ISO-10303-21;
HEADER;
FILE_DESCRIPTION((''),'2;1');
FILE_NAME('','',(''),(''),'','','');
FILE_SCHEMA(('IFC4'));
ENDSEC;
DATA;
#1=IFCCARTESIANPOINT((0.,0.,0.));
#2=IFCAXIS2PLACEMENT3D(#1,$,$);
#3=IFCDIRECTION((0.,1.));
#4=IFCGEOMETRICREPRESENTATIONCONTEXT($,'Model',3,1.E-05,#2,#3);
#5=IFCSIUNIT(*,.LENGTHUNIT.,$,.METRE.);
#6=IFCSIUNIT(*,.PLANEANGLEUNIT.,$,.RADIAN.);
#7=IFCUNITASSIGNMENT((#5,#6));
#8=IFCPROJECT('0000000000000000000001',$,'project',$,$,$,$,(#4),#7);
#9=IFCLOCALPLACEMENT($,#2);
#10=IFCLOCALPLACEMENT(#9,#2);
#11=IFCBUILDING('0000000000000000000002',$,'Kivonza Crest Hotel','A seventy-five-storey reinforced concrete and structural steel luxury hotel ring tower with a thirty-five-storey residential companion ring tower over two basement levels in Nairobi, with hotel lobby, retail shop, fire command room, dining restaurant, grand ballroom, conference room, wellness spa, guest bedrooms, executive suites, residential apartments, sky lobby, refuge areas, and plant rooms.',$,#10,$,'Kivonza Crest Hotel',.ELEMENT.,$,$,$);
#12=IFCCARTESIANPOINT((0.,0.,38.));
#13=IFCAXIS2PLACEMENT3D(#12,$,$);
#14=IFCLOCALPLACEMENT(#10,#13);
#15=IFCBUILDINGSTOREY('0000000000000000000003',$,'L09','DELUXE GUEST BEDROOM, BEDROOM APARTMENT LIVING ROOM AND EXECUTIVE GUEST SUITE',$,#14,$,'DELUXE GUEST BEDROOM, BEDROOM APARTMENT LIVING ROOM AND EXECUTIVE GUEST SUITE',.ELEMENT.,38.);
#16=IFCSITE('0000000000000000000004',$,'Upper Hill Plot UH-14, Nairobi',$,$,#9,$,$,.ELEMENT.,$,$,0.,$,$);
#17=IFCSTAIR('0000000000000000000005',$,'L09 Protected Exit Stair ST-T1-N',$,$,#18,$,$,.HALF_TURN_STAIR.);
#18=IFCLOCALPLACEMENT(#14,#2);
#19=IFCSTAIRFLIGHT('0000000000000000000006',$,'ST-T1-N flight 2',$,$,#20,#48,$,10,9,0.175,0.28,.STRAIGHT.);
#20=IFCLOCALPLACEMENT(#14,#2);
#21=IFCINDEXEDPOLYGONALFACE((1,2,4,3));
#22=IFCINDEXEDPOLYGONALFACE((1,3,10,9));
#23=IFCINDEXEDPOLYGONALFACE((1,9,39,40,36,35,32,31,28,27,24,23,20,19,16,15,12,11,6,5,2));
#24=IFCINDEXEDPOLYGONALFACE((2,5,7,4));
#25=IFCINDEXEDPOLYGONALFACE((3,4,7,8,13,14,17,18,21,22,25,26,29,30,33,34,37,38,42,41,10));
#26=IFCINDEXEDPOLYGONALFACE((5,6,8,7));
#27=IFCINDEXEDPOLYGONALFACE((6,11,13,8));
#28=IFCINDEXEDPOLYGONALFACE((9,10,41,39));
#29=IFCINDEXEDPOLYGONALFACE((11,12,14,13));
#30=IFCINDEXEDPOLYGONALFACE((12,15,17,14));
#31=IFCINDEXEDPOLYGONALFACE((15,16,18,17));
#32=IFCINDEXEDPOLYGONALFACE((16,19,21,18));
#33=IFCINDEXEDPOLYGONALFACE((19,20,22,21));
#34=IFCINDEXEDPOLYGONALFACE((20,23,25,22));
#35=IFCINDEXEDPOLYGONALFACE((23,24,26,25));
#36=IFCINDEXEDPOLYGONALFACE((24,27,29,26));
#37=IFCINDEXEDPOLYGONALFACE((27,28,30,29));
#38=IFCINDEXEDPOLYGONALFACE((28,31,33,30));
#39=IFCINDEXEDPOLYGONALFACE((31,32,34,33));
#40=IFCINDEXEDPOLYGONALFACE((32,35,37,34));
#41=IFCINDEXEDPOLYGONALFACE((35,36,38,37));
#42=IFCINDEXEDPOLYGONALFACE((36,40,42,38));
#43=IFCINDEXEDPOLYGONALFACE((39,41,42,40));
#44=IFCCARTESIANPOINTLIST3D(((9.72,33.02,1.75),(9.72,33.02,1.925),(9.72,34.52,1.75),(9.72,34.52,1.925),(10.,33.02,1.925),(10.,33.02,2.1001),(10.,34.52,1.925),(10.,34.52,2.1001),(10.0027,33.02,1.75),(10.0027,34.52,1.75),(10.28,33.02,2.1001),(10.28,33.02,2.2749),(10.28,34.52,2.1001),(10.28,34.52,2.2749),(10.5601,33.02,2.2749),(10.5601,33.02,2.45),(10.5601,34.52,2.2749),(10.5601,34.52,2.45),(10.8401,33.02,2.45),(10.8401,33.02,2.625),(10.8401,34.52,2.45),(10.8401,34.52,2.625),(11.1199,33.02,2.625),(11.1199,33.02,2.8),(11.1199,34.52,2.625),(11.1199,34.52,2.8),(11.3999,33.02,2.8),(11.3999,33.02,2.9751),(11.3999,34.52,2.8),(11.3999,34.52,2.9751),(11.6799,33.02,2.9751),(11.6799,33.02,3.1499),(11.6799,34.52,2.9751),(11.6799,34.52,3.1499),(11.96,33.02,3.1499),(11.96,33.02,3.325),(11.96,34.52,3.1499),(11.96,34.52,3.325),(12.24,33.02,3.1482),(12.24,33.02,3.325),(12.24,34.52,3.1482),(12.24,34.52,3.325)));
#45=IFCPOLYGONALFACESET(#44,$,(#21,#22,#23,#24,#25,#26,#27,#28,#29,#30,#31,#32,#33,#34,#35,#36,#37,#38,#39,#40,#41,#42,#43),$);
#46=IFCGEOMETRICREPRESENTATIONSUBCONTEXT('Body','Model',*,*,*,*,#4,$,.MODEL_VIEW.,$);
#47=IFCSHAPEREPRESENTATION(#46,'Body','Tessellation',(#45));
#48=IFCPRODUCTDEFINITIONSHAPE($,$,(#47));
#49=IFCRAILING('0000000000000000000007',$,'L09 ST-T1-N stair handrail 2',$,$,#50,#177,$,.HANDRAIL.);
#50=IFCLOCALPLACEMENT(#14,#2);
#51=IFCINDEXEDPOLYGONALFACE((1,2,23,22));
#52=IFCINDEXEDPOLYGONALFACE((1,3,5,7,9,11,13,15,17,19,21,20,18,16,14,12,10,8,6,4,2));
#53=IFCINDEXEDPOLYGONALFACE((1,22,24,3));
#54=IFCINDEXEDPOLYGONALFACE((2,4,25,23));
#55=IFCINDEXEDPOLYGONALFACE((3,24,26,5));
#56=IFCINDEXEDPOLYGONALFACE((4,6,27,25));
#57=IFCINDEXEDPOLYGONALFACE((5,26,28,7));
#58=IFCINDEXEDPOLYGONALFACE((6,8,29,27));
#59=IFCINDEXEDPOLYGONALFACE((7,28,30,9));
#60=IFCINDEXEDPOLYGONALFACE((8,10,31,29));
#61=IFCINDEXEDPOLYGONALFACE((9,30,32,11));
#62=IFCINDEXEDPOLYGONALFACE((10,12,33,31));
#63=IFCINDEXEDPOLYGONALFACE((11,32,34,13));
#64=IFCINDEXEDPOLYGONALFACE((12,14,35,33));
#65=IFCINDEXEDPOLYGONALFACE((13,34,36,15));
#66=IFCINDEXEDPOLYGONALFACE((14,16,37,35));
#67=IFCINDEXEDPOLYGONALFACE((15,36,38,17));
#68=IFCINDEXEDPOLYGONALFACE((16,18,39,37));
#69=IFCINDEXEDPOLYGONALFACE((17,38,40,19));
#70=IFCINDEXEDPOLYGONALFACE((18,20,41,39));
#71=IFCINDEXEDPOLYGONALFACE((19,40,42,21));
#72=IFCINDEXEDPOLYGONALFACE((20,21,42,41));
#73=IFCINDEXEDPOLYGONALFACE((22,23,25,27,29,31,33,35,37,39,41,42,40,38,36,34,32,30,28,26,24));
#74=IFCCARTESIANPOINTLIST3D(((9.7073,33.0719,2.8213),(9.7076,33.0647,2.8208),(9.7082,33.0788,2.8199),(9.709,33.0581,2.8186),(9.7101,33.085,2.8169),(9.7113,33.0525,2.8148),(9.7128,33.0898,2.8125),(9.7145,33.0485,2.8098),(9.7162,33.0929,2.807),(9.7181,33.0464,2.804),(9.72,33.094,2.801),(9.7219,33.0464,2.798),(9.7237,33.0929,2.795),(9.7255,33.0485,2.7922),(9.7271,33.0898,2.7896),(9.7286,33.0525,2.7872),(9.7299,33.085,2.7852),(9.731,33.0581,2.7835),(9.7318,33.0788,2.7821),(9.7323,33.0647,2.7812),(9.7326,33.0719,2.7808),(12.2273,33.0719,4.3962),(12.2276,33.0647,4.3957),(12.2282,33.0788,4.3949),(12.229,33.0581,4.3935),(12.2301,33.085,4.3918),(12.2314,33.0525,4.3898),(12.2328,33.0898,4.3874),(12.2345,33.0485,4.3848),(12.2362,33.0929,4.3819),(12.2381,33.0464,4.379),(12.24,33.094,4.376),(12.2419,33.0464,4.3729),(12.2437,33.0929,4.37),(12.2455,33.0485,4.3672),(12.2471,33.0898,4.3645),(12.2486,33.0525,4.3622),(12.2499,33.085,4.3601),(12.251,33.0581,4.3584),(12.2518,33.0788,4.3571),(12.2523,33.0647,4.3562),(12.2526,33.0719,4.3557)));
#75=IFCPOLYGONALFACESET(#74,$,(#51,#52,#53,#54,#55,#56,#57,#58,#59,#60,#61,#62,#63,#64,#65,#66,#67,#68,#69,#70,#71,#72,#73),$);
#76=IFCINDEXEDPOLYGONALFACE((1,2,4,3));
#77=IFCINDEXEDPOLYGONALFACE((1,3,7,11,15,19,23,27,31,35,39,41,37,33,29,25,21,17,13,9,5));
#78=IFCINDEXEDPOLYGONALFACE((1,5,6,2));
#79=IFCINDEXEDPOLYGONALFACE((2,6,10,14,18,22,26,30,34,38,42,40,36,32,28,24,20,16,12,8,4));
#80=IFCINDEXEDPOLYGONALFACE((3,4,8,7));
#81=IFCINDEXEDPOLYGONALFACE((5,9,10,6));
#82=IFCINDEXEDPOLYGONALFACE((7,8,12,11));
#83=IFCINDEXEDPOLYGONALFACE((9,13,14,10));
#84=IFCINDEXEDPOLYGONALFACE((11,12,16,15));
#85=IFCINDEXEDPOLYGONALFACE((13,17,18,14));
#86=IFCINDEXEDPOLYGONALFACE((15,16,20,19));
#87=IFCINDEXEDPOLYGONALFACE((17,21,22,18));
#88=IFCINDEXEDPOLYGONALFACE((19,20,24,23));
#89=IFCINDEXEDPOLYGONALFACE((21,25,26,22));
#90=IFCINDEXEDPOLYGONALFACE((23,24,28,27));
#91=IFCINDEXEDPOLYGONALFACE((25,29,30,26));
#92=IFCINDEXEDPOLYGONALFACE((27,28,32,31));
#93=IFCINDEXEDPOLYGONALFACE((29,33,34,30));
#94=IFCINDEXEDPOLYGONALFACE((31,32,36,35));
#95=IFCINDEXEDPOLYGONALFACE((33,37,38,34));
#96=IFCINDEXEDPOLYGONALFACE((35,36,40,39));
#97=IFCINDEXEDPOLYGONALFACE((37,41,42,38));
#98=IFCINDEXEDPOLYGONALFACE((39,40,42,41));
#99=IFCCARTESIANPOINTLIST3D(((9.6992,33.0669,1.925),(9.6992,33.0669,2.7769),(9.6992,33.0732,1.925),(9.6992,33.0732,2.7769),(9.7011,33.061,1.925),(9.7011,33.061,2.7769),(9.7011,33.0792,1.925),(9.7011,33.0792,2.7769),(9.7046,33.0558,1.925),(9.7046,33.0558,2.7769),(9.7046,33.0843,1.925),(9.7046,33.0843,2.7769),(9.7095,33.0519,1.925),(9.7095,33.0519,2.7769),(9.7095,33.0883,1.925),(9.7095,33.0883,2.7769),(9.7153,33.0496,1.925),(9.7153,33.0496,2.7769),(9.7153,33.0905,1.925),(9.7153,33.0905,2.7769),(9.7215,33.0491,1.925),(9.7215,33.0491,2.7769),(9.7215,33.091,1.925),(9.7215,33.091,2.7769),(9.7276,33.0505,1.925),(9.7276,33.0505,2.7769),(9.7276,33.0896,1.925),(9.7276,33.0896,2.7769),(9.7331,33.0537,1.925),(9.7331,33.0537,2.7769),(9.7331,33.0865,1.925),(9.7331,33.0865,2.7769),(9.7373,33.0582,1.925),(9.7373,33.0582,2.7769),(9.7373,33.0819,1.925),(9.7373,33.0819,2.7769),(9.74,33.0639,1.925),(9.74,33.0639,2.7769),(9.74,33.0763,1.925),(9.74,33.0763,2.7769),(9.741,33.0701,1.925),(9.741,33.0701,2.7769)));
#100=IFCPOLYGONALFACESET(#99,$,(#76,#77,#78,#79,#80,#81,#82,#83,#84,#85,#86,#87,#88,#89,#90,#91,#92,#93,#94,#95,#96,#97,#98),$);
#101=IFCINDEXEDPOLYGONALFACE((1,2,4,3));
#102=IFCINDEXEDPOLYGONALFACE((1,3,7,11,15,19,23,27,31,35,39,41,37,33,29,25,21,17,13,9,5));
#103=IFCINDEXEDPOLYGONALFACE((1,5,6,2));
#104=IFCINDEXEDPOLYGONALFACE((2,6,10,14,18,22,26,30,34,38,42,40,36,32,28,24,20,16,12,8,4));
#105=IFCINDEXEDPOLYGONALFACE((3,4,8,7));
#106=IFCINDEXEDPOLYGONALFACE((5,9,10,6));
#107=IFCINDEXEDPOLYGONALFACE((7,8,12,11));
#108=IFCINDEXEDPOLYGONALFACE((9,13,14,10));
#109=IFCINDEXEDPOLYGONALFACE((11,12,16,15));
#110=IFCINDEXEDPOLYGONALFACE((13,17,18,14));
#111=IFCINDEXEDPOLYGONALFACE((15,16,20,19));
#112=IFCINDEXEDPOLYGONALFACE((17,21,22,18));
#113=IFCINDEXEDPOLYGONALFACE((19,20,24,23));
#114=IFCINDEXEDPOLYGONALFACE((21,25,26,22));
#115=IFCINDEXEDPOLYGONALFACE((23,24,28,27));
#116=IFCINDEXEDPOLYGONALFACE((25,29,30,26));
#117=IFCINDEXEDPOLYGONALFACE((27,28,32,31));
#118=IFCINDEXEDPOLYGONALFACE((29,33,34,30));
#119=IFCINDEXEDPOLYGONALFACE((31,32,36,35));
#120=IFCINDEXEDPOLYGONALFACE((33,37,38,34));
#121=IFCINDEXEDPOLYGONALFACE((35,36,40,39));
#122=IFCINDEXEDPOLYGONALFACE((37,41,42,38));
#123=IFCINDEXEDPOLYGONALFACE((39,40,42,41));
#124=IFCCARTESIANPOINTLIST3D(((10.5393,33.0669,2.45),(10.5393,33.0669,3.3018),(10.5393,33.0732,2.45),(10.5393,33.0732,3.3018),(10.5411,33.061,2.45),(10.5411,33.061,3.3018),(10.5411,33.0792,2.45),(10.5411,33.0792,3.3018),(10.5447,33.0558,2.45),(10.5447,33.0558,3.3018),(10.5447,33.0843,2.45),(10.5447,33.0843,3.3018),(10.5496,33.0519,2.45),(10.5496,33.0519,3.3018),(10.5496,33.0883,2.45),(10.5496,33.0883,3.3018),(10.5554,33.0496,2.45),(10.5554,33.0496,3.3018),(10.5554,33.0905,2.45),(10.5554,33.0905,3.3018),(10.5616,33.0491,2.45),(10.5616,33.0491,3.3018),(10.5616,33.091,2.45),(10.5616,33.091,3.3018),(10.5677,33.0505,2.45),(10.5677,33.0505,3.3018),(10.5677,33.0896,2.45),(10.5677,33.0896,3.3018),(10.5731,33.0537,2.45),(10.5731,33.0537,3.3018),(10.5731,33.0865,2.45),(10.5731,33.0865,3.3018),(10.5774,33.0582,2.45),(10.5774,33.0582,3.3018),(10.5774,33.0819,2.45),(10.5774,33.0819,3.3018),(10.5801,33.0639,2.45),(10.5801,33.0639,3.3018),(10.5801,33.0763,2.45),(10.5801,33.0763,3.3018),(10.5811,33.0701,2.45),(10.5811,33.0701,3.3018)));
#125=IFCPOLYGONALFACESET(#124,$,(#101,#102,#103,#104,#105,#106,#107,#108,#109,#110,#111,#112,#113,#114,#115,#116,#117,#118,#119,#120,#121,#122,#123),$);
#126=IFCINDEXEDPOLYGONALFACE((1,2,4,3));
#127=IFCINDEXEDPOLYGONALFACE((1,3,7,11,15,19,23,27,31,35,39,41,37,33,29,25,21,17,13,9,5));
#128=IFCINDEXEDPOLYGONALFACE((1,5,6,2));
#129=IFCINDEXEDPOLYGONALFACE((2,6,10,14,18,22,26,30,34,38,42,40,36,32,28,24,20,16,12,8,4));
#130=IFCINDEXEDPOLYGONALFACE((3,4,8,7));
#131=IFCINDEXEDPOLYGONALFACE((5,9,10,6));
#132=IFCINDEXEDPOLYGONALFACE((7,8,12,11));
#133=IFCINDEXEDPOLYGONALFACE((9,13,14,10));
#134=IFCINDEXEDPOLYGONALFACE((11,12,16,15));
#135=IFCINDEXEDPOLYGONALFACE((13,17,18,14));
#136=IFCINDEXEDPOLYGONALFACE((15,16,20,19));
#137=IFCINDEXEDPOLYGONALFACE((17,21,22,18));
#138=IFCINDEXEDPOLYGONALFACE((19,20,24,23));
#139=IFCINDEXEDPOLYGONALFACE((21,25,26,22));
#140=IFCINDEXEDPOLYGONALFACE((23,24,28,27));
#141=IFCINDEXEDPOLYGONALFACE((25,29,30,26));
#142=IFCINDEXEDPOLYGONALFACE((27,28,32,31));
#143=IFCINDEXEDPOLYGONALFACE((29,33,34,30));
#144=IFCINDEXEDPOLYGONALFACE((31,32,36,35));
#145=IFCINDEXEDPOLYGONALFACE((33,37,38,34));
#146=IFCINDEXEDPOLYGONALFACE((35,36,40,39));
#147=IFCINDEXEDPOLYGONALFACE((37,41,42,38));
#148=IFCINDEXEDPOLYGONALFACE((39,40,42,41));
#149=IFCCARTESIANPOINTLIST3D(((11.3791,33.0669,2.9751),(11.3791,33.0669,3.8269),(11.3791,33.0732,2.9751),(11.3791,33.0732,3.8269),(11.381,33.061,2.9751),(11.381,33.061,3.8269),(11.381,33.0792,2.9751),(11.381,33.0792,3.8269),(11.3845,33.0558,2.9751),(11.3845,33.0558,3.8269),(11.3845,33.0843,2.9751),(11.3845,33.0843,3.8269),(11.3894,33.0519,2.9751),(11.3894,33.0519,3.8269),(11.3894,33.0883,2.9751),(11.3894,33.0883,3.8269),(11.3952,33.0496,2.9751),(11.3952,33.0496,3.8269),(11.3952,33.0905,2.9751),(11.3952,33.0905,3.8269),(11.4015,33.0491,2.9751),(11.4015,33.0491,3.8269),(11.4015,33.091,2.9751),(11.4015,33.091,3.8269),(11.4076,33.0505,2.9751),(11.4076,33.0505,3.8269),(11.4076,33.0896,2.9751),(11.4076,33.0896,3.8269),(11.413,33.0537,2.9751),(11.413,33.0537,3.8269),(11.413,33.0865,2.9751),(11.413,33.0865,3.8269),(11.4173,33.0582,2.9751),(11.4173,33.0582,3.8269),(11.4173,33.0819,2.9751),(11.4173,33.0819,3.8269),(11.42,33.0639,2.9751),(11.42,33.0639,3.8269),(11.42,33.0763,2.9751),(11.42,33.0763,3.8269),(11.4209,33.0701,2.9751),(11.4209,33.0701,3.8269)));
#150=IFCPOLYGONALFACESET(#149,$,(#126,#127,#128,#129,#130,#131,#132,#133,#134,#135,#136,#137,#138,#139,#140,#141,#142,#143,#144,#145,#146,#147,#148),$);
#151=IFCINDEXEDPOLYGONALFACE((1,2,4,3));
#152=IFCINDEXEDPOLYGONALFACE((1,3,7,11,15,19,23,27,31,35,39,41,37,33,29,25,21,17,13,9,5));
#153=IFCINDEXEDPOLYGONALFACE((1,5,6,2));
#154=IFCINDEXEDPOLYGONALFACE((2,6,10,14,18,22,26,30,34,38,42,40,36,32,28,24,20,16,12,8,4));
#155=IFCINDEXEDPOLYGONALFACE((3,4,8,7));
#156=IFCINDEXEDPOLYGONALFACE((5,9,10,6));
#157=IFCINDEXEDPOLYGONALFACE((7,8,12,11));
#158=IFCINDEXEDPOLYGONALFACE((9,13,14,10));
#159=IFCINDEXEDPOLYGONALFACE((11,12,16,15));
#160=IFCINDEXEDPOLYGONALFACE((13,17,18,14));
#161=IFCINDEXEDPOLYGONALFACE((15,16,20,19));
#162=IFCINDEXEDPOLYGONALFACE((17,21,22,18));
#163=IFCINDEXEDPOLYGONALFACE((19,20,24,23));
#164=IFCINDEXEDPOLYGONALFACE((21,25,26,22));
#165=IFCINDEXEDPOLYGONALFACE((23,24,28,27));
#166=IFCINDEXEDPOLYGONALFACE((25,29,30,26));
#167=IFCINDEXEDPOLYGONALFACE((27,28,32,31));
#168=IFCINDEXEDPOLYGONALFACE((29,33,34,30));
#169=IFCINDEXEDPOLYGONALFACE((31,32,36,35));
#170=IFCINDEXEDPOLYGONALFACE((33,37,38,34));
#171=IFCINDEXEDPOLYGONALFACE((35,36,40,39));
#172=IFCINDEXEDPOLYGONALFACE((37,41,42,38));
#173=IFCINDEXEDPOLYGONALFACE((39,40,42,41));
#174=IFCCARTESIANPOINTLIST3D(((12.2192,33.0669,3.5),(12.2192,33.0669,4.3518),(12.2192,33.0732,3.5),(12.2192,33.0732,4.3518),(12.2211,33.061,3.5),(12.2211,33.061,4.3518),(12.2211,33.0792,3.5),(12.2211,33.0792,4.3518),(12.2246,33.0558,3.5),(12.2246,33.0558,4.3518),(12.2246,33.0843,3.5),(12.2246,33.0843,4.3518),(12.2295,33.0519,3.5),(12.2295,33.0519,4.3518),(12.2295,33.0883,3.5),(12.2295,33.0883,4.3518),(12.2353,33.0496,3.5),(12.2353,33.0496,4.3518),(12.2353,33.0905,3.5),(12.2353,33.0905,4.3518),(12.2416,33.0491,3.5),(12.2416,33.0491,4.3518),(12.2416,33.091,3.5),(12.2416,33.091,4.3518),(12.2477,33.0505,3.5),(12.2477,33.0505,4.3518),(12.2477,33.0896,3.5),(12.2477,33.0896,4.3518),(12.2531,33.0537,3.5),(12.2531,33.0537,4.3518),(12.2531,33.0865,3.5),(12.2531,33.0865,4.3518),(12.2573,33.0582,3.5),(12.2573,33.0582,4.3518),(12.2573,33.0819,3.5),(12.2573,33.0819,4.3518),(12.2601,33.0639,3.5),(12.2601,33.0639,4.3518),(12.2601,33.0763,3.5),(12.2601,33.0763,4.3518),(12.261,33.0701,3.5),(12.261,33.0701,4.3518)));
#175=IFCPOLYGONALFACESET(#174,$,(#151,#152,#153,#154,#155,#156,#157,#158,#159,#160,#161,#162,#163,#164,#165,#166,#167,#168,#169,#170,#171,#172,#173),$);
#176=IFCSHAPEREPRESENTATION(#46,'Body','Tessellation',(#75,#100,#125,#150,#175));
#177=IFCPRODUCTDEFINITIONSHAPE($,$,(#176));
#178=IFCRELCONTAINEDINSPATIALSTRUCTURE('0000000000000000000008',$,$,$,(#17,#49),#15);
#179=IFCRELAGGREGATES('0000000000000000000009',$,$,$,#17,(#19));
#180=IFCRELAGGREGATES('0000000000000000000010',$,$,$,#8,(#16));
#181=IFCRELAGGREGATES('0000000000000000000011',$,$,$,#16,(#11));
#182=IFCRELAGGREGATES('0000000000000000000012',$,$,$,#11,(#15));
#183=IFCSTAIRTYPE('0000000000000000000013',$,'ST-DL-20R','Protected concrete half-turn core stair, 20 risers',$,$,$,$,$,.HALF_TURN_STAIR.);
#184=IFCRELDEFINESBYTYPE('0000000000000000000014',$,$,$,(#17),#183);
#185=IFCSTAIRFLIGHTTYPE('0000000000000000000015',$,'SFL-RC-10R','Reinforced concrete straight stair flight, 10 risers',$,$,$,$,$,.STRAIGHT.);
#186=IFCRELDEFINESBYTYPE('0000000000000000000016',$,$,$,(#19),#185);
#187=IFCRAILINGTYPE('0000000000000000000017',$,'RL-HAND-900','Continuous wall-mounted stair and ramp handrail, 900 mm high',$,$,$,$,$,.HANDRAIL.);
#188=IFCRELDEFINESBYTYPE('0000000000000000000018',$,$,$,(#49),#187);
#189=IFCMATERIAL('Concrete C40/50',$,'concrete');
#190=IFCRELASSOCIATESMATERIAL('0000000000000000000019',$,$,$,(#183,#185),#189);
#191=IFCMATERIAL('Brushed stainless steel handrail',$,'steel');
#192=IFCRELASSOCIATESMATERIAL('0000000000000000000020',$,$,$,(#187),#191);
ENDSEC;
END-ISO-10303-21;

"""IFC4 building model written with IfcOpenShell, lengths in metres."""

from ifc_helpers import new_model, si_unit, direction, frame, origin, origin_2d, place, context, subcontext, project, spatial, polyline, circle, outline, extrude, material, type_object, element, aggregate, save


model = new_model("IFC4")

# Units and contexts
model_context = context("Model", 3, precision=1e-05, world=origin(), true_north=direction((0.0, 1.0)))
body_context = subcontext(model_context, "Body", "Model", "MODEL_VIEW")
ifc_project = project(units=[si_unit("LENGTHUNIT", "METRE"), si_unit("PLANEANGLEUNIT", "RADIAN")], contexts=[model_context])

# Site, building, storey
site_placement = place(None, origin())
site = spatial("IfcSite", under=ifc_project, at=site_placement, Name="Upper Hill Plot UH-14, Nairobi", CompositionType="ELEMENT", RefElevation=0.0)
building_placement = place(site_placement, origin())
building = spatial("IfcBuilding", under=site, at=building_placement, Name="Kivonza Crest Hotel", Description="A seventy-five-storey reinforced concrete and structural steel luxury hotel ring tower with a thirty-five-storey residential companion ring tower over two basement levels in Nairobi, with hotel lobby, retail shop, fire command room, dining restaurant, grand ballroom, conference room, wellness spa, guest bedrooms, executive suites, residential apartments, sky lobby, refuge areas, and plant rooms.", LongName="Kivonza Crest Hotel", CompositionType="ELEMENT")
storey_placement = place(building_placement, frame((0.0, 0.0, 38.0)))
storey = spatial("IfcBuildingStorey", under=building, at=storey_placement, Name="L09", Description="DELUXE GUEST BEDROOM, BEDROOM APARTMENT LIVING ROOM AND EXECUTIVE GUEST SUITE", LongName="DELUXE GUEST BEDROOM, BEDROOM APARTMENT LIVING ROOM AND EXECUTIVE GUEST SUITE", CompositionType="ELEMENT", Elevation=38.0)

# Stair, stair flight
ifc_material_1 = material(Name="Concrete C40/50", Category="concrete")
stair_type = type_object("IfcStairType", Name="ST-DL-20R", Description="Protected concrete half-turn core stair, 20 risers", PredefinedType="HALF_TURN_STAIR", material=ifc_material_1)
stair_placement = place(storey_placement, origin())
stair = element("IfcStair", 1, at=stair_placement, inside=storey, type_object=stair_type, Name="L09 Protected Exit Stair ST-T1-N", PredefinedType="HALF_TURN_STAIR")
stair_flight_type = type_object("IfcStairFlightType", Name="SFL-RC-10R", Description="Reinforced concrete straight stair flight, 10 risers", PredefinedType="STRAIGHT", material=ifc_material_1)
stair_flight_placement = place(storey_placement, frame((9.72, 33.77, 1.75), z_axis=(0.0, 0.0, 1.0), x_axis=(1.0, 0.0, 0.0)))
stair_flight = element("IfcStairFlight", 2, at=stair_flight_placement, type_object=stair_flight_type, Name="ST-T1-N flight 2", NumberOfRisers=10, NumberOfTreads=9, PredefinedType="STRAIGHT", RiserHeight=0.175, TreadLength=0.28, context=body_context, shape_type="SweptSolid", body=[
    extrude(outline(polyline([(0.0, 0.0), (0.0, 0.175), (0.28, 0.175), (0.28, 0.3501), (0.5601, 0.3501), (0.5601, 0.5249), (0.8401, 0.5249), (0.8401, 0.7), (1.1201, 0.7), (1.1201, 0.875), (1.3999, 0.875), (1.3999, 1.05), (1.6799, 1.05), (1.6799, 1.2251), (1.96, 1.2251), (1.96, 1.3999), (2.24, 1.3999), (2.24, 1.575), (2.52, 1.575), (2.52, 1.75), (2.52, 1.3982), (0.2827, 0.0), (0.0, 0.0)])), frame((0.0, 0.75, 0.0), z_axis=(0.0, -1.0, 0.0), x_axis=(1.0, 0.0, 0.0)), (0.0, 0.0, 1.0), 1.5),
])
aggregate(stair, [stair_flight])

# Railing
ifc_material_2 = material(Name="Brushed stainless steel handrail", Category="steel")
railing_type_1 = type_object("IfcRailingType", Name="RL-HAND-900", Description="Continuous wall-mounted stair and ramp handrail, 900 mm high", PredefinedType="HANDRAIL", material=ifc_material_2)
railing_1_placement = place(storey_placement, frame((9.72, 33.0701, 1.925)))
element("IfcRailing", 3, at=railing_1_placement, inside=storey, type_object=railing_type_1, Name="L09 ST-T1-N stair handrail 2", PredefinedType="HANDRAIL", context=body_context, shape_type="SweptSolid", body=[
    extrude(circle(Radius=0.0239, at=origin_2d()), frame((0.0, 0.0, 0.876), z_axis=(0.848008, 0.0, 0.529984), x_axis=(0.0, 1.0, 0.0)), (0.0, 0.0, 1.0), 2.9717),
    extrude(circle(Radius=0.021, at=origin_2d()), origin(), (0.0, 0.0, 1.0), 0.8518),
    extrude(circle(Radius=0.021, at=origin_2d()), frame((0.8401, 0.0, 0.5249)), (0.0, 0.0, 1.0), 0.8518),
    extrude(circle(Radius=0.021, at=origin_2d()), frame((1.6799, 0.0, 1.05)), (0.0, 0.0, 1.0), 0.8518),
    extrude(circle(Radius=0.021, at=origin_2d()), frame((2.52, 0.0, 1.575)), (0.0, 0.0, 1.0), 0.8518),
])

save(model, "model.ifc")
